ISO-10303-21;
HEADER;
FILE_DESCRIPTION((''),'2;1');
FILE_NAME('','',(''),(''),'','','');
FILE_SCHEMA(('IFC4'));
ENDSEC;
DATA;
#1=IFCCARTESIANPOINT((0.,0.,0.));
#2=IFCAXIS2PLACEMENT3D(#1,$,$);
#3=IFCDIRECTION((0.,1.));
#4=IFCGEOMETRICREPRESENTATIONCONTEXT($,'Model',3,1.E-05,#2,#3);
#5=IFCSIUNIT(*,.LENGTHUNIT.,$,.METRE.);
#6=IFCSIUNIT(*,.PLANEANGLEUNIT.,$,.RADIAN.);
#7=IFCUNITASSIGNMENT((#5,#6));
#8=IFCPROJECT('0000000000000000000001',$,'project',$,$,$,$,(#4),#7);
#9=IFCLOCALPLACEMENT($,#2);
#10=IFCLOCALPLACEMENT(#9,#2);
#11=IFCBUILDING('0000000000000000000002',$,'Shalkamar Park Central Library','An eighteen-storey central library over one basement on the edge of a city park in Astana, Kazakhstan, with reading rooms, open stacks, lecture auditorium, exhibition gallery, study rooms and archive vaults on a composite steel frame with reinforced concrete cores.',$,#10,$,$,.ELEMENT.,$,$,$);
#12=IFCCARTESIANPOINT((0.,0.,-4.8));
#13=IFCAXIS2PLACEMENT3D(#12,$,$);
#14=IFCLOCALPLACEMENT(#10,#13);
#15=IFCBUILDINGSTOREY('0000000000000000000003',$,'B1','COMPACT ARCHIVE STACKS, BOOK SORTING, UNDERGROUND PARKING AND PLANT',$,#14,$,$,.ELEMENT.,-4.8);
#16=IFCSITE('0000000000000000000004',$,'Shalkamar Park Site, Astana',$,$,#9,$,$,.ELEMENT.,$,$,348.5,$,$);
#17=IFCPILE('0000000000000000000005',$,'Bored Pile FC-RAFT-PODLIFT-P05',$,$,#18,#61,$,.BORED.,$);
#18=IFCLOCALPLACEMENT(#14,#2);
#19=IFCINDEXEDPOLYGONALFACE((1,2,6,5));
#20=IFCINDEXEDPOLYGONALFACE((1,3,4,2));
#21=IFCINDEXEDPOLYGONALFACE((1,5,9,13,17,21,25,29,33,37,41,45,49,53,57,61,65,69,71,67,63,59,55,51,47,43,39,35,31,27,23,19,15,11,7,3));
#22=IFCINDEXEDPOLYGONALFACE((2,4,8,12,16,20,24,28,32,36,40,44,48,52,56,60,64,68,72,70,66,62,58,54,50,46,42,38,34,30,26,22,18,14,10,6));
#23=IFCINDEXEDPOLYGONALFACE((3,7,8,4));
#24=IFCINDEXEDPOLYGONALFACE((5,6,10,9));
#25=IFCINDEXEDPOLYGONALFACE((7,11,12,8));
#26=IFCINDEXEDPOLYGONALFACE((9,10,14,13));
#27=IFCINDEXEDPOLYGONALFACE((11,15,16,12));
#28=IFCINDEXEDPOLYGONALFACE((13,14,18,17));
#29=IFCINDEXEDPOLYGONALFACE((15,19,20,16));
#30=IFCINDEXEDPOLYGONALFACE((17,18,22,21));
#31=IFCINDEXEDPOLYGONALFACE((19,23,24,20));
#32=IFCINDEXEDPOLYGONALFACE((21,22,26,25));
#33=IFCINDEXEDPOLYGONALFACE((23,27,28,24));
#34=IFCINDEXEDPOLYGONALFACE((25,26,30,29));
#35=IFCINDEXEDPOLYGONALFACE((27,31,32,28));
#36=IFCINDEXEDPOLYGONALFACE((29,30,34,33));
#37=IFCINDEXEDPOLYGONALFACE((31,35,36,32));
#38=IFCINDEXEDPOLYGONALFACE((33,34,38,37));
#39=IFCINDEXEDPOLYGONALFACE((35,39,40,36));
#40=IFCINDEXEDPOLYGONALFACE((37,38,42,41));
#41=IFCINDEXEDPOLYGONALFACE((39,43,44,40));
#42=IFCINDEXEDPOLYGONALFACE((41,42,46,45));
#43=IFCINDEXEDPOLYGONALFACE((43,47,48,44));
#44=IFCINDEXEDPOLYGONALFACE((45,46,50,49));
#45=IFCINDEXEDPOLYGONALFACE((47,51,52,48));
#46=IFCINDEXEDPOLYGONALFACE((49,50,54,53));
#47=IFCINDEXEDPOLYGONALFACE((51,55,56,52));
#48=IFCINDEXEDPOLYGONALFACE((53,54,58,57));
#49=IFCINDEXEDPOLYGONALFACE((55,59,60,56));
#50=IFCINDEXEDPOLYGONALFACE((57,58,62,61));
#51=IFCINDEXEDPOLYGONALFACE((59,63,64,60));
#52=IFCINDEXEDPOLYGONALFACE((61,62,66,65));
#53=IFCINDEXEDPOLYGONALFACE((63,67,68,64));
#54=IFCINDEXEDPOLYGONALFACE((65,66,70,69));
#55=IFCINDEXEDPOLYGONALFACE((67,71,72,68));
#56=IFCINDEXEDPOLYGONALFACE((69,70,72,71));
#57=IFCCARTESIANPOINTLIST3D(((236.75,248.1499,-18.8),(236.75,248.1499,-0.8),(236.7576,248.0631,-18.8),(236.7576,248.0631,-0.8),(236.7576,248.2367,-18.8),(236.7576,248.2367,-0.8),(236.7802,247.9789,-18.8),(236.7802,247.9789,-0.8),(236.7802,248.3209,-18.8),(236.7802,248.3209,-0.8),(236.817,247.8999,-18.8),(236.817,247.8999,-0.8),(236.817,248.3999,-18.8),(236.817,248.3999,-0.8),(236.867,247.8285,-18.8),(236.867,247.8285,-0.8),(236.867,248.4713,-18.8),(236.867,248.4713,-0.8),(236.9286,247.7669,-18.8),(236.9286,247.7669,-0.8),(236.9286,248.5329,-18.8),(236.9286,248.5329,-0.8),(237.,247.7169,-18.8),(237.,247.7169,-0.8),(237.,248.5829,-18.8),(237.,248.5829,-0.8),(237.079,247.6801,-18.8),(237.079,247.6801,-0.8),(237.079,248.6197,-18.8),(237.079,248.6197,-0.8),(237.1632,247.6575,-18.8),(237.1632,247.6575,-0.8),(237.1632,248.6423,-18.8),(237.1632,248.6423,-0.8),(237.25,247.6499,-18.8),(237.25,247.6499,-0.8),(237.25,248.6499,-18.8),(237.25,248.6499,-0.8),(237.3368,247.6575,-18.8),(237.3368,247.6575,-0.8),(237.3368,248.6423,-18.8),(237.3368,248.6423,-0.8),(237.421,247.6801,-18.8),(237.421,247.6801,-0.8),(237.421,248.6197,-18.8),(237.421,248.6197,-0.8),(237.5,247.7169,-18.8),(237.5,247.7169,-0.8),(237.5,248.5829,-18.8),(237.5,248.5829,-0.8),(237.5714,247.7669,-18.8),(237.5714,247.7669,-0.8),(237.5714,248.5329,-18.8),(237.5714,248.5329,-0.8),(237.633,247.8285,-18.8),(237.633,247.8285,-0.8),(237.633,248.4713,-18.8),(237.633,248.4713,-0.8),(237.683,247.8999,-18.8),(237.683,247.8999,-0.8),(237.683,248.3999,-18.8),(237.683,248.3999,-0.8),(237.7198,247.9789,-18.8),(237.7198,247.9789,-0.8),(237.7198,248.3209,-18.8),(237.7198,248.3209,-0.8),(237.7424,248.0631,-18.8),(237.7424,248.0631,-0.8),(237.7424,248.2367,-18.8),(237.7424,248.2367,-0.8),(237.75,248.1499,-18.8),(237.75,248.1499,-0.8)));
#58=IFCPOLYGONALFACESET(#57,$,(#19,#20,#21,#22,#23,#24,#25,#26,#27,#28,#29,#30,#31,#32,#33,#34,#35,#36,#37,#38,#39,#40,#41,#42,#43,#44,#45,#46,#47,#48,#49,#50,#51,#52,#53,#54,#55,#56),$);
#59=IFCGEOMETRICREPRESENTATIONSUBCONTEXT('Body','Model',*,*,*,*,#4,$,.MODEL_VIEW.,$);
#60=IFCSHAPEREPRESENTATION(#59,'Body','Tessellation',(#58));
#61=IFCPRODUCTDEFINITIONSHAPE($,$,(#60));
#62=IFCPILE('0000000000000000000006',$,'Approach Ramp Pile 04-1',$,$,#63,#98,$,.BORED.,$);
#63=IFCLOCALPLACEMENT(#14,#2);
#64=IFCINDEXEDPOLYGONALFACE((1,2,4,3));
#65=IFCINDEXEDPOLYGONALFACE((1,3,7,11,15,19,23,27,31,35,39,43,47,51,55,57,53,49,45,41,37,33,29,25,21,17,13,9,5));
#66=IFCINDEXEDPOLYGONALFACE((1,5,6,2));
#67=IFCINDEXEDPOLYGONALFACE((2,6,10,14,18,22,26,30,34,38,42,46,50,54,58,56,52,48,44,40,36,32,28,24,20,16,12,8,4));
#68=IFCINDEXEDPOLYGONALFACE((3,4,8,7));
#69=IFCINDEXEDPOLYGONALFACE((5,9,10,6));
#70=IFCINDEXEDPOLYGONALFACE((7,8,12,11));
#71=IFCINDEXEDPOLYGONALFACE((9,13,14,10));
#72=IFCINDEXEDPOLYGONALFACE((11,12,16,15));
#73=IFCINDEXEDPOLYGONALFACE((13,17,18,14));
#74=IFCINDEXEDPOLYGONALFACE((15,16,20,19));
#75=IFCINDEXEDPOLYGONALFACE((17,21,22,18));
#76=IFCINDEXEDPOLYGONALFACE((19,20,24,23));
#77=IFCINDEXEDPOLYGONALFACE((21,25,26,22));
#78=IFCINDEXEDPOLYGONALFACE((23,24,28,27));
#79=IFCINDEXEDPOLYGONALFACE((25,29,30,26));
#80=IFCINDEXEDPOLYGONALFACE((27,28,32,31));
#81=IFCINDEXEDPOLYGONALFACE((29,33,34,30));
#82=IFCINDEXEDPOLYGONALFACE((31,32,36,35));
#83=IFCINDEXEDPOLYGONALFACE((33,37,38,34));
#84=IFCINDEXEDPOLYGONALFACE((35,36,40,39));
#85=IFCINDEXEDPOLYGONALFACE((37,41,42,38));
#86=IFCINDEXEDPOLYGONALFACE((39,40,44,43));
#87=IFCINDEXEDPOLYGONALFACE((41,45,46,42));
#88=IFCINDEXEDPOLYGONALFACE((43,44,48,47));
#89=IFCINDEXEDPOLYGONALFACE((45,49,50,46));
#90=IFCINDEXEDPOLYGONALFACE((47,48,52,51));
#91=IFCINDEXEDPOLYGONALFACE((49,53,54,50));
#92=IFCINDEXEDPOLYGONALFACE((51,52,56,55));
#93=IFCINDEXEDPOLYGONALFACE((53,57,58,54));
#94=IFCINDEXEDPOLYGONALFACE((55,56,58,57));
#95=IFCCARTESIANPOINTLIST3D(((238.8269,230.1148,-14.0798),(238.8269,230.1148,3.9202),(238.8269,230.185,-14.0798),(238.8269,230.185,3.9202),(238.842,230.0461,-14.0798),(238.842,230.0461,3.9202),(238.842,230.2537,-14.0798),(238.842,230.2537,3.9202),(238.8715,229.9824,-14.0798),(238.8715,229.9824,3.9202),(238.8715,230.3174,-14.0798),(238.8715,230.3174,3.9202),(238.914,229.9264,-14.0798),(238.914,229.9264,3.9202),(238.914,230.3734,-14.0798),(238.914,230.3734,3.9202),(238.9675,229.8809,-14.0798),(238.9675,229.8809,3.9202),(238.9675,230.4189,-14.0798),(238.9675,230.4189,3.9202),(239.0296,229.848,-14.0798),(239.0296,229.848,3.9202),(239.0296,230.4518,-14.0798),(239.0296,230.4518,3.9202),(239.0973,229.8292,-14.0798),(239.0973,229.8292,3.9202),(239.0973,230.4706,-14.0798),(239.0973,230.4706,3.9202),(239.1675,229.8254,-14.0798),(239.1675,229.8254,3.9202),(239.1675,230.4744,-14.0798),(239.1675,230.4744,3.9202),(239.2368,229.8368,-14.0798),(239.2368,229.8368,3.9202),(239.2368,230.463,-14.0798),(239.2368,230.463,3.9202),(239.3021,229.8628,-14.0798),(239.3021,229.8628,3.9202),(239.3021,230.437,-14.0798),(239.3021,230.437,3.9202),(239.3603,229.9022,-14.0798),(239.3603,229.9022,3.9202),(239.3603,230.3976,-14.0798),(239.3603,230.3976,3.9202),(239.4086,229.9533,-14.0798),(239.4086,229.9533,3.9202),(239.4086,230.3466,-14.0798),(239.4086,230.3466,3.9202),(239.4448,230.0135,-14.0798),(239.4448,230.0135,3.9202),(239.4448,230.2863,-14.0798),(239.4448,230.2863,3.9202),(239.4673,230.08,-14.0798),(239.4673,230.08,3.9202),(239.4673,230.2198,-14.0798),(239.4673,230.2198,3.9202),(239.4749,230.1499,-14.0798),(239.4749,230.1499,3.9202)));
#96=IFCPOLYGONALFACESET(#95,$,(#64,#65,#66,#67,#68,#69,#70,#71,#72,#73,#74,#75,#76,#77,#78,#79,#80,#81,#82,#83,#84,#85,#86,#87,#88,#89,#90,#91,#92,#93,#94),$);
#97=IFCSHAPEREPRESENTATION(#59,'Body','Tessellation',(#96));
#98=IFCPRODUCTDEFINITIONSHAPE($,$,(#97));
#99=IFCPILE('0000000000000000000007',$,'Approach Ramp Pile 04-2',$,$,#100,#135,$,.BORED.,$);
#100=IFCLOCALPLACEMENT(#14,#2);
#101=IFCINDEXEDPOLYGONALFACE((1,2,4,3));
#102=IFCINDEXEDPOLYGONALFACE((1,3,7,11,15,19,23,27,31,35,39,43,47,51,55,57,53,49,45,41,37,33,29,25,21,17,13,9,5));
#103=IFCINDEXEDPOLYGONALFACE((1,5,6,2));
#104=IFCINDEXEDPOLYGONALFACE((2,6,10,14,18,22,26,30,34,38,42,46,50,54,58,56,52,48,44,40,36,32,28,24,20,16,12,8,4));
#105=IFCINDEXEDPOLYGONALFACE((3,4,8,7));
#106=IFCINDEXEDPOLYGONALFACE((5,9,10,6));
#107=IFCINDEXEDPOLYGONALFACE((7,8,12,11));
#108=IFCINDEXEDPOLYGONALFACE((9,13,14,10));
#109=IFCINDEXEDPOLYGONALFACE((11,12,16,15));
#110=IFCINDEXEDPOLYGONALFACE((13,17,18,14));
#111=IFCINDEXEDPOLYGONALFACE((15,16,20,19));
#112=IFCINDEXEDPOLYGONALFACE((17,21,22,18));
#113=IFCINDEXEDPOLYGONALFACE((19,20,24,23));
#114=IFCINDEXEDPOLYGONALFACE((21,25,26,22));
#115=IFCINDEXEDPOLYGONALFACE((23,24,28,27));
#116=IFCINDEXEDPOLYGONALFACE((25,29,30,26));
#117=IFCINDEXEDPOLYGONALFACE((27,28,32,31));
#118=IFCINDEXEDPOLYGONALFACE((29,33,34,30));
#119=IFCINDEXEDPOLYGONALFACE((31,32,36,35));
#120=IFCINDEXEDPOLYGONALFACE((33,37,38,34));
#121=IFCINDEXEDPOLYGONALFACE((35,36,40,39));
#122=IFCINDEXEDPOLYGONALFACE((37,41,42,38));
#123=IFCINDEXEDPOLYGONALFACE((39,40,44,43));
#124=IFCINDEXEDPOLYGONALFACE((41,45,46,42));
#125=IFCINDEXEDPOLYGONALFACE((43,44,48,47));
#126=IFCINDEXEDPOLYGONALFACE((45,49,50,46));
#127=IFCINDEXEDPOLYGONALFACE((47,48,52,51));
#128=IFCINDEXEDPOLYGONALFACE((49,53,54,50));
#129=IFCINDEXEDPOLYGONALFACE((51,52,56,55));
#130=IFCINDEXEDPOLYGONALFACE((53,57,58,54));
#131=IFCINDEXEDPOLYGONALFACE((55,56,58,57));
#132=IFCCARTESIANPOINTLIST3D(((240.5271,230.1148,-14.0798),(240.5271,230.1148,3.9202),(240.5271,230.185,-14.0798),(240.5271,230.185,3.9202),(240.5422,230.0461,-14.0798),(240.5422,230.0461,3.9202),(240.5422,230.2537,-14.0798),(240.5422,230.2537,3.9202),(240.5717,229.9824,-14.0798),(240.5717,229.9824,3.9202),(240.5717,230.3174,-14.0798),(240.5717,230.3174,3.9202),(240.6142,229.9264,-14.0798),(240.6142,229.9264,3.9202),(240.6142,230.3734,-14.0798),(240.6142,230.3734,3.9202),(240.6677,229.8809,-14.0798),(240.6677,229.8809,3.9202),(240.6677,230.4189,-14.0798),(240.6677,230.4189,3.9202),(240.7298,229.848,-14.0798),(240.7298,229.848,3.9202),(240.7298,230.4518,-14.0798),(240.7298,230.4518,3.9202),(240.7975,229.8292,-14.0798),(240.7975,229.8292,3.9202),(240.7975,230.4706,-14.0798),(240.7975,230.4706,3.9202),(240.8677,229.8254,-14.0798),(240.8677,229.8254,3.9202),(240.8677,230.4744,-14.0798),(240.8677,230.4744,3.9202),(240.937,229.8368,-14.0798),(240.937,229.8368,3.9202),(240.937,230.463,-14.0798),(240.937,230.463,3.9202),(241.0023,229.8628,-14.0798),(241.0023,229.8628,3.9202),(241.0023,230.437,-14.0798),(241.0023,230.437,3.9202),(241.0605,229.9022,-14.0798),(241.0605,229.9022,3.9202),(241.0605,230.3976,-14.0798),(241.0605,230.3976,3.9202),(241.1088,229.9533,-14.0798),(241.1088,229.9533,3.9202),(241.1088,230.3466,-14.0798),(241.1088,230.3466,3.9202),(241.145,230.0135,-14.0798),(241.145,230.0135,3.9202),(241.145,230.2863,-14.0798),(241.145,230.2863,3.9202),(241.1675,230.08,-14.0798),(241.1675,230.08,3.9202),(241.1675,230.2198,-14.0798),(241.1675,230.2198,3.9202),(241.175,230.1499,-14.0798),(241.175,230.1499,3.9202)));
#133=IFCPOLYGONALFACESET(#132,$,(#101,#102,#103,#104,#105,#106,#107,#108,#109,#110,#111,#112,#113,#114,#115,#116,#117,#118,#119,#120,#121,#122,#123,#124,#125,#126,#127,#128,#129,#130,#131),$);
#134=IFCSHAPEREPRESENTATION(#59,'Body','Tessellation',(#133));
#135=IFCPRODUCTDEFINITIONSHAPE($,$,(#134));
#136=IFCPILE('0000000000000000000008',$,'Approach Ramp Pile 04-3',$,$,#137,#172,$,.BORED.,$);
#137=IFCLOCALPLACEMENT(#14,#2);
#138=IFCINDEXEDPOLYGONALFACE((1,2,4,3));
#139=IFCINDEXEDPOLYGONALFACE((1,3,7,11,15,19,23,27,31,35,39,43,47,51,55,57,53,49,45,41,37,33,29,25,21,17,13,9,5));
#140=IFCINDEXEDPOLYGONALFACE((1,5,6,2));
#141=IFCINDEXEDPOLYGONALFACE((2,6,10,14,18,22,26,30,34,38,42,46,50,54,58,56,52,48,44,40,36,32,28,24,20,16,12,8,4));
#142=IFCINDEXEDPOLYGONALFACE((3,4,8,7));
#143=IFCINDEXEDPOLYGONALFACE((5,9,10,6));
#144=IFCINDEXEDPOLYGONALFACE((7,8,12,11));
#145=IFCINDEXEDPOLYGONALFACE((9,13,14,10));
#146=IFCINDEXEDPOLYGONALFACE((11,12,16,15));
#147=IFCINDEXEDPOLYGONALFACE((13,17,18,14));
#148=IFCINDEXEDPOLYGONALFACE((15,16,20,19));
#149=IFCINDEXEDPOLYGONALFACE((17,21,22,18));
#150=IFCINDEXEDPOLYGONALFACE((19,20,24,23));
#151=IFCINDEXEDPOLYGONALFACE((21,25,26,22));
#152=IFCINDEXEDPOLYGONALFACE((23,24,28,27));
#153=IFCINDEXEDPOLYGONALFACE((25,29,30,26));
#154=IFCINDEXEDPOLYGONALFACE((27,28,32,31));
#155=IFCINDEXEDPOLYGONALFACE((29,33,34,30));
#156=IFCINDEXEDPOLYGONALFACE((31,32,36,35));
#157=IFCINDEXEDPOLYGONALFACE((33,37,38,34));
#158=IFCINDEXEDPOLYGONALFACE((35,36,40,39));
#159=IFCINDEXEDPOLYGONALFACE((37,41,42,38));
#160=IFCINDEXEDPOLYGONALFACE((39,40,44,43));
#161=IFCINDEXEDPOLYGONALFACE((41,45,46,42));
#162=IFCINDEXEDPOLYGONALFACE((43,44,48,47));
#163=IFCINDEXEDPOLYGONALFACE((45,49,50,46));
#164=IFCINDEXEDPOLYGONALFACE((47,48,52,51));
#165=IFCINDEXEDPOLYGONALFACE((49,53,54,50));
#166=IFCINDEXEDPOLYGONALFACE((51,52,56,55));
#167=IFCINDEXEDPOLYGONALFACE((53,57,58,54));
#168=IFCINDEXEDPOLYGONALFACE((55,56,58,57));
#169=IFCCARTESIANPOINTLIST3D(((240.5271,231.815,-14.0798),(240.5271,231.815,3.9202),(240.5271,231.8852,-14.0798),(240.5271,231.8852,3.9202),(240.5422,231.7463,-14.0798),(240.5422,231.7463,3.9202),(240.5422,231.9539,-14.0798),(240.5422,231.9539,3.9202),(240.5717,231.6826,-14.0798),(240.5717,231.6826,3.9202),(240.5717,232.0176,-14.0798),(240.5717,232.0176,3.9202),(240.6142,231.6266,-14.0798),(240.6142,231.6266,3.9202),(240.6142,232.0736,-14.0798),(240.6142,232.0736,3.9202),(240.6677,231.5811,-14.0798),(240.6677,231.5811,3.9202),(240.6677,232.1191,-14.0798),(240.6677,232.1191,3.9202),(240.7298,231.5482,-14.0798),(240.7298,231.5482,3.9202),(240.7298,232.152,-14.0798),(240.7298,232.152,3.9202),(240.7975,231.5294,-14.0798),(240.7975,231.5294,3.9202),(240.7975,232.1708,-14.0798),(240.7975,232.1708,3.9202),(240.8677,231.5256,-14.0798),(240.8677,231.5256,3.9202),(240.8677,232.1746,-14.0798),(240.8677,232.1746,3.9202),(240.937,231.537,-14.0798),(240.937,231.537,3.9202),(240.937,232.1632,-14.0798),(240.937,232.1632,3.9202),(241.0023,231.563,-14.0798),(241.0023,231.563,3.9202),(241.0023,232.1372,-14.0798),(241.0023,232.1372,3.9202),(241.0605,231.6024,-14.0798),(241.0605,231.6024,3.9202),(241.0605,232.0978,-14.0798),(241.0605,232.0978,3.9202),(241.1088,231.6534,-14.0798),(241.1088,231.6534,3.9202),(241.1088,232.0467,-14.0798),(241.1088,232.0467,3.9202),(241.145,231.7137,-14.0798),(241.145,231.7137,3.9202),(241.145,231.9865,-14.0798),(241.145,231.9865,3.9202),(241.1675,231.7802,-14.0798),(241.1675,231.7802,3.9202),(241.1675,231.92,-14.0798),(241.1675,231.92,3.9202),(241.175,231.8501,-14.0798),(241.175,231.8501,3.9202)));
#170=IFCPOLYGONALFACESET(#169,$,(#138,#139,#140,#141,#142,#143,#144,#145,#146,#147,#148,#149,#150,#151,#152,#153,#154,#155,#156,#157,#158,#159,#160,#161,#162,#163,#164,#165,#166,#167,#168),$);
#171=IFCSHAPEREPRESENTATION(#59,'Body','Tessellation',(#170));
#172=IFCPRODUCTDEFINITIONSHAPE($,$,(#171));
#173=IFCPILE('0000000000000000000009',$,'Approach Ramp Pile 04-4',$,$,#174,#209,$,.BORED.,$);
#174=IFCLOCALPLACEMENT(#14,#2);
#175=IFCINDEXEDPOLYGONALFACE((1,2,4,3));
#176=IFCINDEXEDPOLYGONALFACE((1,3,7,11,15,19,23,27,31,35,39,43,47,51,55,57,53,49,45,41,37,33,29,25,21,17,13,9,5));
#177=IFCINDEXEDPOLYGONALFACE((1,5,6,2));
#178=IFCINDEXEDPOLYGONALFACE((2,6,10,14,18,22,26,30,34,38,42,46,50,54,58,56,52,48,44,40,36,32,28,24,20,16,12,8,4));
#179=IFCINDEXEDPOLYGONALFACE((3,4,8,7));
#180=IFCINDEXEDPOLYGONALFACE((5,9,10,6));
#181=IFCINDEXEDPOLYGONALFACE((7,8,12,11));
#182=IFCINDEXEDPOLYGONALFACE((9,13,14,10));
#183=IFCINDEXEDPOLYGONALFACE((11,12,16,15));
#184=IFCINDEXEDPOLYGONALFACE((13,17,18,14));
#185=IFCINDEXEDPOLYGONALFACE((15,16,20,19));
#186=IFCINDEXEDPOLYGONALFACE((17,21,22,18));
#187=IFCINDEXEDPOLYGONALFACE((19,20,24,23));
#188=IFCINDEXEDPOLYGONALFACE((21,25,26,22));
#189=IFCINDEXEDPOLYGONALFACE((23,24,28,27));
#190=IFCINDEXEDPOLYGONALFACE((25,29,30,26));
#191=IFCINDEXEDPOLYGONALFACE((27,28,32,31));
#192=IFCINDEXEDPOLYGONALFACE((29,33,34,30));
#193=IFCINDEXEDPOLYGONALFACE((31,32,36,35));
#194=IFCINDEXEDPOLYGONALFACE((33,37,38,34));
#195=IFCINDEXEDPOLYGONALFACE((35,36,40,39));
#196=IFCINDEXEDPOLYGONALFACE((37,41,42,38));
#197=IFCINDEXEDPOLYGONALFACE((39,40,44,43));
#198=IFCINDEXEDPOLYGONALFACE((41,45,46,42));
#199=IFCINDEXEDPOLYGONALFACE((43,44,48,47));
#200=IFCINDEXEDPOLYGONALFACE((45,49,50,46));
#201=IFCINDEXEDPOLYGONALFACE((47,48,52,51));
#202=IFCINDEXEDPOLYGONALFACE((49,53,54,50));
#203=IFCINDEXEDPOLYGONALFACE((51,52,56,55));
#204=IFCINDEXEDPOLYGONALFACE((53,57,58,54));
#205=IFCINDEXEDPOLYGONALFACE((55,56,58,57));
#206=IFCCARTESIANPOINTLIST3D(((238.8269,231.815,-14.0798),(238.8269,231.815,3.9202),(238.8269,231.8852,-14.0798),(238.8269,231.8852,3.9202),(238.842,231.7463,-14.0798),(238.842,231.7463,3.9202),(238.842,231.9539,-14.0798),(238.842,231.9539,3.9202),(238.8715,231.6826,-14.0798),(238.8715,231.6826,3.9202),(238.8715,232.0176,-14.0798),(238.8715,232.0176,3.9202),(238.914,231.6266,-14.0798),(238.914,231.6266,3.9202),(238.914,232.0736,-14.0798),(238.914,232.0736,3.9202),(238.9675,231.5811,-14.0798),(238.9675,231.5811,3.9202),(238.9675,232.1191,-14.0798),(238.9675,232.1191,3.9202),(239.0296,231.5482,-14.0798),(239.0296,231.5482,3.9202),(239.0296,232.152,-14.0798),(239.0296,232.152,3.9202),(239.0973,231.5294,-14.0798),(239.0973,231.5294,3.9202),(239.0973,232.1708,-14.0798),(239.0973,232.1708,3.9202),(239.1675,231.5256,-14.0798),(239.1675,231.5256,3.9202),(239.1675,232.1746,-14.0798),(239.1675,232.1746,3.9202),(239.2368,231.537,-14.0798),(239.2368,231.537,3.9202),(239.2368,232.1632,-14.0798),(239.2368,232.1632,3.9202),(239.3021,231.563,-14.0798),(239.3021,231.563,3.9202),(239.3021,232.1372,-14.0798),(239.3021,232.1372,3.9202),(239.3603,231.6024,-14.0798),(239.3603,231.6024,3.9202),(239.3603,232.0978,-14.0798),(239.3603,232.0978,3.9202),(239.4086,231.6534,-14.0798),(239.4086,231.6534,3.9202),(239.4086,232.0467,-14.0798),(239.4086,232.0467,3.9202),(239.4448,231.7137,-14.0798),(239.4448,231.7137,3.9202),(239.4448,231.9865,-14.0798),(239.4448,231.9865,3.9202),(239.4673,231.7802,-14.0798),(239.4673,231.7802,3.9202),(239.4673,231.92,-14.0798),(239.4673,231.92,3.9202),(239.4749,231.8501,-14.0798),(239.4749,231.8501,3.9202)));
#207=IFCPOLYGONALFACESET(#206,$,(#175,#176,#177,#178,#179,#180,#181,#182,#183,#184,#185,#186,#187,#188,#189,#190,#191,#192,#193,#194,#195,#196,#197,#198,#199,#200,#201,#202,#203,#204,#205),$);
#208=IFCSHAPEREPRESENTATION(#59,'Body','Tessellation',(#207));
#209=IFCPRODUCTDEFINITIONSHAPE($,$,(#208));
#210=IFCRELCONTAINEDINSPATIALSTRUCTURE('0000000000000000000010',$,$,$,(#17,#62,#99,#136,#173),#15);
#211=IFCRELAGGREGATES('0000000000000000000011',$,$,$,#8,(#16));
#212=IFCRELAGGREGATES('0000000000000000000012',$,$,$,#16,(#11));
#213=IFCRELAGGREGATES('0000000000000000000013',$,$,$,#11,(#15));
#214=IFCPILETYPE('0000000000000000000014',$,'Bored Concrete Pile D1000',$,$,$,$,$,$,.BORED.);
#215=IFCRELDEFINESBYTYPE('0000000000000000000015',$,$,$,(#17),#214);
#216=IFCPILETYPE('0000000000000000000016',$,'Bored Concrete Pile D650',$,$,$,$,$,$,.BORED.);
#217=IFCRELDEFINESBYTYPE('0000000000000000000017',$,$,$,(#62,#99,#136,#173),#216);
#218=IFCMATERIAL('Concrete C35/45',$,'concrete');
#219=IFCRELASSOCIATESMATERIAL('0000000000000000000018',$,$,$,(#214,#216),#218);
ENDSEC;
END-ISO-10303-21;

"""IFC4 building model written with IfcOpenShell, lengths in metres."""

from ifc_helpers import new_model, si_unit, direction, frame, origin, origin_2d, place, context, subcontext, project, spatial, circle, extrude, material, material_profile, profile_set, type_object, element, save


model = new_model("IFC4")

# Units and contexts
model_context = context("Model", 3, precision=1e-05, world=origin(), true_north=direction((0.0, 1.0)))
body_context = subcontext(model_context, "Body", "Model", "MODEL_VIEW")
ifc_project = project(units=[si_unit("LENGTHUNIT", "METRE"), si_unit("PLANEANGLEUNIT", "RADIAN")], contexts=[model_context])

# Site, building, storey
site_placement = place(None, origin())
site = spatial("IfcSite", under=ifc_project, at=site_placement, Name="Shalkamar Park Site, Astana", CompositionType="ELEMENT", RefElevation=348.5)
building_placement = place(site_placement, origin())
building = spatial("IfcBuilding", under=site, at=building_placement, Name="Shalkamar Park Central Library", Description="An eighteen-storey central library over one basement on the edge of a city park in Astana, Kazakhstan, with reading rooms, open stacks, lecture auditorium, exhibition gallery, study rooms and archive vaults on a composite steel frame with reinforced concrete cores.", CompositionType="ELEMENT")
storey_placement = place(building_placement, frame((0.0, 0.0, -4.8)))
storey = spatial("IfcBuildingStorey", under=building, at=storey_placement, Name="B1", Description="COMPACT ARCHIVE STACKS, BOOK SORTING, UNDERGROUND PARKING AND PLANT", CompositionType="ELEMENT", Elevation=-4.8)

# Piles
ifc_material_1 = material(Name="Concrete C35/45", Category="concrete")
ifc_material_profile_1 = material_profile(ifc_material_1, circle(Radius=0.5, at=origin_2d()), Name="PILE D1000")
ifc_profile_set_1 = profile_set([ifc_material_profile_1], Name="Concrete C35/45")
pile_type_1 = type_object("IfcPileType", Name="Bored Concrete Pile D1000", PredefinedType="BORED", material=ifc_profile_set_1)
pile_1_placement = place(storey_placement, frame((237.25, 248.1499, -0.8), z_axis=(0.0, 0.0, -1.0), x_axis=(1.0, 0.0, 0.0)))
element("IfcPile", 1, at=pile_1_placement, inside=storey, type_object=pile_type_1, Name="Bored Pile FC-RAFT-PODLIFT-P05", PredefinedType="BORED", context=body_context, shape_type="SweptSolid", body=[
    extrude(circle(Radius=0.5, at=origin_2d()), origin(), (0.0, 0.0, 1.0), 18.0),
])
ifc_material_profile_2 = material_profile(ifc_material_1, circle(Radius=0.325, at=origin_2d()), Name="PILE D650")
ifc_profile_set_2 = profile_set([ifc_material_profile_2], Name="Concrete C35/45")
pile_type_2 = type_object("IfcPileType", Name="Bored Concrete Pile D650", PredefinedType="BORED", material=ifc_profile_set_2)
for number, where, z_axis, x_axis, name in (
    (2, (239.1499, 230.1499, 3.9202), (0.0, 0.0, -1.0), (1.0, 0.0, 0.0), "Approach Ramp Pile 04-1"),
    (3, (240.8501, 230.1499, 3.9202), (0.0, 0.0, -1.0), (1.0, 0.0, 0.0), "Approach Ramp Pile 04-2"),
    (4, (240.8501, 231.8501, 3.9202), (0.0, 0.0, -1.0), (1.0, 0.0, 0.0), "Approach Ramp Pile 04-3"),
    (5, (239.1499, 231.8501, 3.9202), (0.0, 0.0, -1.0), (1.0, 0.0, 0.0), "Approach Ramp Pile 04-4"),
):
    element("IfcPile", number, at=place(storey_placement, frame(where, z_axis=z_axis, x_axis=x_axis)), inside=storey, type_object=pile_type_2, Name=name, PredefinedType="BORED", context=body_context, shape_type="SweptSolid", body=[
        extrude(circle(Radius=0.325, at=origin_2d()), origin(), (0.0, 0.0, 1.0), 18.0),
    ])

save(model, "model.ifc")
